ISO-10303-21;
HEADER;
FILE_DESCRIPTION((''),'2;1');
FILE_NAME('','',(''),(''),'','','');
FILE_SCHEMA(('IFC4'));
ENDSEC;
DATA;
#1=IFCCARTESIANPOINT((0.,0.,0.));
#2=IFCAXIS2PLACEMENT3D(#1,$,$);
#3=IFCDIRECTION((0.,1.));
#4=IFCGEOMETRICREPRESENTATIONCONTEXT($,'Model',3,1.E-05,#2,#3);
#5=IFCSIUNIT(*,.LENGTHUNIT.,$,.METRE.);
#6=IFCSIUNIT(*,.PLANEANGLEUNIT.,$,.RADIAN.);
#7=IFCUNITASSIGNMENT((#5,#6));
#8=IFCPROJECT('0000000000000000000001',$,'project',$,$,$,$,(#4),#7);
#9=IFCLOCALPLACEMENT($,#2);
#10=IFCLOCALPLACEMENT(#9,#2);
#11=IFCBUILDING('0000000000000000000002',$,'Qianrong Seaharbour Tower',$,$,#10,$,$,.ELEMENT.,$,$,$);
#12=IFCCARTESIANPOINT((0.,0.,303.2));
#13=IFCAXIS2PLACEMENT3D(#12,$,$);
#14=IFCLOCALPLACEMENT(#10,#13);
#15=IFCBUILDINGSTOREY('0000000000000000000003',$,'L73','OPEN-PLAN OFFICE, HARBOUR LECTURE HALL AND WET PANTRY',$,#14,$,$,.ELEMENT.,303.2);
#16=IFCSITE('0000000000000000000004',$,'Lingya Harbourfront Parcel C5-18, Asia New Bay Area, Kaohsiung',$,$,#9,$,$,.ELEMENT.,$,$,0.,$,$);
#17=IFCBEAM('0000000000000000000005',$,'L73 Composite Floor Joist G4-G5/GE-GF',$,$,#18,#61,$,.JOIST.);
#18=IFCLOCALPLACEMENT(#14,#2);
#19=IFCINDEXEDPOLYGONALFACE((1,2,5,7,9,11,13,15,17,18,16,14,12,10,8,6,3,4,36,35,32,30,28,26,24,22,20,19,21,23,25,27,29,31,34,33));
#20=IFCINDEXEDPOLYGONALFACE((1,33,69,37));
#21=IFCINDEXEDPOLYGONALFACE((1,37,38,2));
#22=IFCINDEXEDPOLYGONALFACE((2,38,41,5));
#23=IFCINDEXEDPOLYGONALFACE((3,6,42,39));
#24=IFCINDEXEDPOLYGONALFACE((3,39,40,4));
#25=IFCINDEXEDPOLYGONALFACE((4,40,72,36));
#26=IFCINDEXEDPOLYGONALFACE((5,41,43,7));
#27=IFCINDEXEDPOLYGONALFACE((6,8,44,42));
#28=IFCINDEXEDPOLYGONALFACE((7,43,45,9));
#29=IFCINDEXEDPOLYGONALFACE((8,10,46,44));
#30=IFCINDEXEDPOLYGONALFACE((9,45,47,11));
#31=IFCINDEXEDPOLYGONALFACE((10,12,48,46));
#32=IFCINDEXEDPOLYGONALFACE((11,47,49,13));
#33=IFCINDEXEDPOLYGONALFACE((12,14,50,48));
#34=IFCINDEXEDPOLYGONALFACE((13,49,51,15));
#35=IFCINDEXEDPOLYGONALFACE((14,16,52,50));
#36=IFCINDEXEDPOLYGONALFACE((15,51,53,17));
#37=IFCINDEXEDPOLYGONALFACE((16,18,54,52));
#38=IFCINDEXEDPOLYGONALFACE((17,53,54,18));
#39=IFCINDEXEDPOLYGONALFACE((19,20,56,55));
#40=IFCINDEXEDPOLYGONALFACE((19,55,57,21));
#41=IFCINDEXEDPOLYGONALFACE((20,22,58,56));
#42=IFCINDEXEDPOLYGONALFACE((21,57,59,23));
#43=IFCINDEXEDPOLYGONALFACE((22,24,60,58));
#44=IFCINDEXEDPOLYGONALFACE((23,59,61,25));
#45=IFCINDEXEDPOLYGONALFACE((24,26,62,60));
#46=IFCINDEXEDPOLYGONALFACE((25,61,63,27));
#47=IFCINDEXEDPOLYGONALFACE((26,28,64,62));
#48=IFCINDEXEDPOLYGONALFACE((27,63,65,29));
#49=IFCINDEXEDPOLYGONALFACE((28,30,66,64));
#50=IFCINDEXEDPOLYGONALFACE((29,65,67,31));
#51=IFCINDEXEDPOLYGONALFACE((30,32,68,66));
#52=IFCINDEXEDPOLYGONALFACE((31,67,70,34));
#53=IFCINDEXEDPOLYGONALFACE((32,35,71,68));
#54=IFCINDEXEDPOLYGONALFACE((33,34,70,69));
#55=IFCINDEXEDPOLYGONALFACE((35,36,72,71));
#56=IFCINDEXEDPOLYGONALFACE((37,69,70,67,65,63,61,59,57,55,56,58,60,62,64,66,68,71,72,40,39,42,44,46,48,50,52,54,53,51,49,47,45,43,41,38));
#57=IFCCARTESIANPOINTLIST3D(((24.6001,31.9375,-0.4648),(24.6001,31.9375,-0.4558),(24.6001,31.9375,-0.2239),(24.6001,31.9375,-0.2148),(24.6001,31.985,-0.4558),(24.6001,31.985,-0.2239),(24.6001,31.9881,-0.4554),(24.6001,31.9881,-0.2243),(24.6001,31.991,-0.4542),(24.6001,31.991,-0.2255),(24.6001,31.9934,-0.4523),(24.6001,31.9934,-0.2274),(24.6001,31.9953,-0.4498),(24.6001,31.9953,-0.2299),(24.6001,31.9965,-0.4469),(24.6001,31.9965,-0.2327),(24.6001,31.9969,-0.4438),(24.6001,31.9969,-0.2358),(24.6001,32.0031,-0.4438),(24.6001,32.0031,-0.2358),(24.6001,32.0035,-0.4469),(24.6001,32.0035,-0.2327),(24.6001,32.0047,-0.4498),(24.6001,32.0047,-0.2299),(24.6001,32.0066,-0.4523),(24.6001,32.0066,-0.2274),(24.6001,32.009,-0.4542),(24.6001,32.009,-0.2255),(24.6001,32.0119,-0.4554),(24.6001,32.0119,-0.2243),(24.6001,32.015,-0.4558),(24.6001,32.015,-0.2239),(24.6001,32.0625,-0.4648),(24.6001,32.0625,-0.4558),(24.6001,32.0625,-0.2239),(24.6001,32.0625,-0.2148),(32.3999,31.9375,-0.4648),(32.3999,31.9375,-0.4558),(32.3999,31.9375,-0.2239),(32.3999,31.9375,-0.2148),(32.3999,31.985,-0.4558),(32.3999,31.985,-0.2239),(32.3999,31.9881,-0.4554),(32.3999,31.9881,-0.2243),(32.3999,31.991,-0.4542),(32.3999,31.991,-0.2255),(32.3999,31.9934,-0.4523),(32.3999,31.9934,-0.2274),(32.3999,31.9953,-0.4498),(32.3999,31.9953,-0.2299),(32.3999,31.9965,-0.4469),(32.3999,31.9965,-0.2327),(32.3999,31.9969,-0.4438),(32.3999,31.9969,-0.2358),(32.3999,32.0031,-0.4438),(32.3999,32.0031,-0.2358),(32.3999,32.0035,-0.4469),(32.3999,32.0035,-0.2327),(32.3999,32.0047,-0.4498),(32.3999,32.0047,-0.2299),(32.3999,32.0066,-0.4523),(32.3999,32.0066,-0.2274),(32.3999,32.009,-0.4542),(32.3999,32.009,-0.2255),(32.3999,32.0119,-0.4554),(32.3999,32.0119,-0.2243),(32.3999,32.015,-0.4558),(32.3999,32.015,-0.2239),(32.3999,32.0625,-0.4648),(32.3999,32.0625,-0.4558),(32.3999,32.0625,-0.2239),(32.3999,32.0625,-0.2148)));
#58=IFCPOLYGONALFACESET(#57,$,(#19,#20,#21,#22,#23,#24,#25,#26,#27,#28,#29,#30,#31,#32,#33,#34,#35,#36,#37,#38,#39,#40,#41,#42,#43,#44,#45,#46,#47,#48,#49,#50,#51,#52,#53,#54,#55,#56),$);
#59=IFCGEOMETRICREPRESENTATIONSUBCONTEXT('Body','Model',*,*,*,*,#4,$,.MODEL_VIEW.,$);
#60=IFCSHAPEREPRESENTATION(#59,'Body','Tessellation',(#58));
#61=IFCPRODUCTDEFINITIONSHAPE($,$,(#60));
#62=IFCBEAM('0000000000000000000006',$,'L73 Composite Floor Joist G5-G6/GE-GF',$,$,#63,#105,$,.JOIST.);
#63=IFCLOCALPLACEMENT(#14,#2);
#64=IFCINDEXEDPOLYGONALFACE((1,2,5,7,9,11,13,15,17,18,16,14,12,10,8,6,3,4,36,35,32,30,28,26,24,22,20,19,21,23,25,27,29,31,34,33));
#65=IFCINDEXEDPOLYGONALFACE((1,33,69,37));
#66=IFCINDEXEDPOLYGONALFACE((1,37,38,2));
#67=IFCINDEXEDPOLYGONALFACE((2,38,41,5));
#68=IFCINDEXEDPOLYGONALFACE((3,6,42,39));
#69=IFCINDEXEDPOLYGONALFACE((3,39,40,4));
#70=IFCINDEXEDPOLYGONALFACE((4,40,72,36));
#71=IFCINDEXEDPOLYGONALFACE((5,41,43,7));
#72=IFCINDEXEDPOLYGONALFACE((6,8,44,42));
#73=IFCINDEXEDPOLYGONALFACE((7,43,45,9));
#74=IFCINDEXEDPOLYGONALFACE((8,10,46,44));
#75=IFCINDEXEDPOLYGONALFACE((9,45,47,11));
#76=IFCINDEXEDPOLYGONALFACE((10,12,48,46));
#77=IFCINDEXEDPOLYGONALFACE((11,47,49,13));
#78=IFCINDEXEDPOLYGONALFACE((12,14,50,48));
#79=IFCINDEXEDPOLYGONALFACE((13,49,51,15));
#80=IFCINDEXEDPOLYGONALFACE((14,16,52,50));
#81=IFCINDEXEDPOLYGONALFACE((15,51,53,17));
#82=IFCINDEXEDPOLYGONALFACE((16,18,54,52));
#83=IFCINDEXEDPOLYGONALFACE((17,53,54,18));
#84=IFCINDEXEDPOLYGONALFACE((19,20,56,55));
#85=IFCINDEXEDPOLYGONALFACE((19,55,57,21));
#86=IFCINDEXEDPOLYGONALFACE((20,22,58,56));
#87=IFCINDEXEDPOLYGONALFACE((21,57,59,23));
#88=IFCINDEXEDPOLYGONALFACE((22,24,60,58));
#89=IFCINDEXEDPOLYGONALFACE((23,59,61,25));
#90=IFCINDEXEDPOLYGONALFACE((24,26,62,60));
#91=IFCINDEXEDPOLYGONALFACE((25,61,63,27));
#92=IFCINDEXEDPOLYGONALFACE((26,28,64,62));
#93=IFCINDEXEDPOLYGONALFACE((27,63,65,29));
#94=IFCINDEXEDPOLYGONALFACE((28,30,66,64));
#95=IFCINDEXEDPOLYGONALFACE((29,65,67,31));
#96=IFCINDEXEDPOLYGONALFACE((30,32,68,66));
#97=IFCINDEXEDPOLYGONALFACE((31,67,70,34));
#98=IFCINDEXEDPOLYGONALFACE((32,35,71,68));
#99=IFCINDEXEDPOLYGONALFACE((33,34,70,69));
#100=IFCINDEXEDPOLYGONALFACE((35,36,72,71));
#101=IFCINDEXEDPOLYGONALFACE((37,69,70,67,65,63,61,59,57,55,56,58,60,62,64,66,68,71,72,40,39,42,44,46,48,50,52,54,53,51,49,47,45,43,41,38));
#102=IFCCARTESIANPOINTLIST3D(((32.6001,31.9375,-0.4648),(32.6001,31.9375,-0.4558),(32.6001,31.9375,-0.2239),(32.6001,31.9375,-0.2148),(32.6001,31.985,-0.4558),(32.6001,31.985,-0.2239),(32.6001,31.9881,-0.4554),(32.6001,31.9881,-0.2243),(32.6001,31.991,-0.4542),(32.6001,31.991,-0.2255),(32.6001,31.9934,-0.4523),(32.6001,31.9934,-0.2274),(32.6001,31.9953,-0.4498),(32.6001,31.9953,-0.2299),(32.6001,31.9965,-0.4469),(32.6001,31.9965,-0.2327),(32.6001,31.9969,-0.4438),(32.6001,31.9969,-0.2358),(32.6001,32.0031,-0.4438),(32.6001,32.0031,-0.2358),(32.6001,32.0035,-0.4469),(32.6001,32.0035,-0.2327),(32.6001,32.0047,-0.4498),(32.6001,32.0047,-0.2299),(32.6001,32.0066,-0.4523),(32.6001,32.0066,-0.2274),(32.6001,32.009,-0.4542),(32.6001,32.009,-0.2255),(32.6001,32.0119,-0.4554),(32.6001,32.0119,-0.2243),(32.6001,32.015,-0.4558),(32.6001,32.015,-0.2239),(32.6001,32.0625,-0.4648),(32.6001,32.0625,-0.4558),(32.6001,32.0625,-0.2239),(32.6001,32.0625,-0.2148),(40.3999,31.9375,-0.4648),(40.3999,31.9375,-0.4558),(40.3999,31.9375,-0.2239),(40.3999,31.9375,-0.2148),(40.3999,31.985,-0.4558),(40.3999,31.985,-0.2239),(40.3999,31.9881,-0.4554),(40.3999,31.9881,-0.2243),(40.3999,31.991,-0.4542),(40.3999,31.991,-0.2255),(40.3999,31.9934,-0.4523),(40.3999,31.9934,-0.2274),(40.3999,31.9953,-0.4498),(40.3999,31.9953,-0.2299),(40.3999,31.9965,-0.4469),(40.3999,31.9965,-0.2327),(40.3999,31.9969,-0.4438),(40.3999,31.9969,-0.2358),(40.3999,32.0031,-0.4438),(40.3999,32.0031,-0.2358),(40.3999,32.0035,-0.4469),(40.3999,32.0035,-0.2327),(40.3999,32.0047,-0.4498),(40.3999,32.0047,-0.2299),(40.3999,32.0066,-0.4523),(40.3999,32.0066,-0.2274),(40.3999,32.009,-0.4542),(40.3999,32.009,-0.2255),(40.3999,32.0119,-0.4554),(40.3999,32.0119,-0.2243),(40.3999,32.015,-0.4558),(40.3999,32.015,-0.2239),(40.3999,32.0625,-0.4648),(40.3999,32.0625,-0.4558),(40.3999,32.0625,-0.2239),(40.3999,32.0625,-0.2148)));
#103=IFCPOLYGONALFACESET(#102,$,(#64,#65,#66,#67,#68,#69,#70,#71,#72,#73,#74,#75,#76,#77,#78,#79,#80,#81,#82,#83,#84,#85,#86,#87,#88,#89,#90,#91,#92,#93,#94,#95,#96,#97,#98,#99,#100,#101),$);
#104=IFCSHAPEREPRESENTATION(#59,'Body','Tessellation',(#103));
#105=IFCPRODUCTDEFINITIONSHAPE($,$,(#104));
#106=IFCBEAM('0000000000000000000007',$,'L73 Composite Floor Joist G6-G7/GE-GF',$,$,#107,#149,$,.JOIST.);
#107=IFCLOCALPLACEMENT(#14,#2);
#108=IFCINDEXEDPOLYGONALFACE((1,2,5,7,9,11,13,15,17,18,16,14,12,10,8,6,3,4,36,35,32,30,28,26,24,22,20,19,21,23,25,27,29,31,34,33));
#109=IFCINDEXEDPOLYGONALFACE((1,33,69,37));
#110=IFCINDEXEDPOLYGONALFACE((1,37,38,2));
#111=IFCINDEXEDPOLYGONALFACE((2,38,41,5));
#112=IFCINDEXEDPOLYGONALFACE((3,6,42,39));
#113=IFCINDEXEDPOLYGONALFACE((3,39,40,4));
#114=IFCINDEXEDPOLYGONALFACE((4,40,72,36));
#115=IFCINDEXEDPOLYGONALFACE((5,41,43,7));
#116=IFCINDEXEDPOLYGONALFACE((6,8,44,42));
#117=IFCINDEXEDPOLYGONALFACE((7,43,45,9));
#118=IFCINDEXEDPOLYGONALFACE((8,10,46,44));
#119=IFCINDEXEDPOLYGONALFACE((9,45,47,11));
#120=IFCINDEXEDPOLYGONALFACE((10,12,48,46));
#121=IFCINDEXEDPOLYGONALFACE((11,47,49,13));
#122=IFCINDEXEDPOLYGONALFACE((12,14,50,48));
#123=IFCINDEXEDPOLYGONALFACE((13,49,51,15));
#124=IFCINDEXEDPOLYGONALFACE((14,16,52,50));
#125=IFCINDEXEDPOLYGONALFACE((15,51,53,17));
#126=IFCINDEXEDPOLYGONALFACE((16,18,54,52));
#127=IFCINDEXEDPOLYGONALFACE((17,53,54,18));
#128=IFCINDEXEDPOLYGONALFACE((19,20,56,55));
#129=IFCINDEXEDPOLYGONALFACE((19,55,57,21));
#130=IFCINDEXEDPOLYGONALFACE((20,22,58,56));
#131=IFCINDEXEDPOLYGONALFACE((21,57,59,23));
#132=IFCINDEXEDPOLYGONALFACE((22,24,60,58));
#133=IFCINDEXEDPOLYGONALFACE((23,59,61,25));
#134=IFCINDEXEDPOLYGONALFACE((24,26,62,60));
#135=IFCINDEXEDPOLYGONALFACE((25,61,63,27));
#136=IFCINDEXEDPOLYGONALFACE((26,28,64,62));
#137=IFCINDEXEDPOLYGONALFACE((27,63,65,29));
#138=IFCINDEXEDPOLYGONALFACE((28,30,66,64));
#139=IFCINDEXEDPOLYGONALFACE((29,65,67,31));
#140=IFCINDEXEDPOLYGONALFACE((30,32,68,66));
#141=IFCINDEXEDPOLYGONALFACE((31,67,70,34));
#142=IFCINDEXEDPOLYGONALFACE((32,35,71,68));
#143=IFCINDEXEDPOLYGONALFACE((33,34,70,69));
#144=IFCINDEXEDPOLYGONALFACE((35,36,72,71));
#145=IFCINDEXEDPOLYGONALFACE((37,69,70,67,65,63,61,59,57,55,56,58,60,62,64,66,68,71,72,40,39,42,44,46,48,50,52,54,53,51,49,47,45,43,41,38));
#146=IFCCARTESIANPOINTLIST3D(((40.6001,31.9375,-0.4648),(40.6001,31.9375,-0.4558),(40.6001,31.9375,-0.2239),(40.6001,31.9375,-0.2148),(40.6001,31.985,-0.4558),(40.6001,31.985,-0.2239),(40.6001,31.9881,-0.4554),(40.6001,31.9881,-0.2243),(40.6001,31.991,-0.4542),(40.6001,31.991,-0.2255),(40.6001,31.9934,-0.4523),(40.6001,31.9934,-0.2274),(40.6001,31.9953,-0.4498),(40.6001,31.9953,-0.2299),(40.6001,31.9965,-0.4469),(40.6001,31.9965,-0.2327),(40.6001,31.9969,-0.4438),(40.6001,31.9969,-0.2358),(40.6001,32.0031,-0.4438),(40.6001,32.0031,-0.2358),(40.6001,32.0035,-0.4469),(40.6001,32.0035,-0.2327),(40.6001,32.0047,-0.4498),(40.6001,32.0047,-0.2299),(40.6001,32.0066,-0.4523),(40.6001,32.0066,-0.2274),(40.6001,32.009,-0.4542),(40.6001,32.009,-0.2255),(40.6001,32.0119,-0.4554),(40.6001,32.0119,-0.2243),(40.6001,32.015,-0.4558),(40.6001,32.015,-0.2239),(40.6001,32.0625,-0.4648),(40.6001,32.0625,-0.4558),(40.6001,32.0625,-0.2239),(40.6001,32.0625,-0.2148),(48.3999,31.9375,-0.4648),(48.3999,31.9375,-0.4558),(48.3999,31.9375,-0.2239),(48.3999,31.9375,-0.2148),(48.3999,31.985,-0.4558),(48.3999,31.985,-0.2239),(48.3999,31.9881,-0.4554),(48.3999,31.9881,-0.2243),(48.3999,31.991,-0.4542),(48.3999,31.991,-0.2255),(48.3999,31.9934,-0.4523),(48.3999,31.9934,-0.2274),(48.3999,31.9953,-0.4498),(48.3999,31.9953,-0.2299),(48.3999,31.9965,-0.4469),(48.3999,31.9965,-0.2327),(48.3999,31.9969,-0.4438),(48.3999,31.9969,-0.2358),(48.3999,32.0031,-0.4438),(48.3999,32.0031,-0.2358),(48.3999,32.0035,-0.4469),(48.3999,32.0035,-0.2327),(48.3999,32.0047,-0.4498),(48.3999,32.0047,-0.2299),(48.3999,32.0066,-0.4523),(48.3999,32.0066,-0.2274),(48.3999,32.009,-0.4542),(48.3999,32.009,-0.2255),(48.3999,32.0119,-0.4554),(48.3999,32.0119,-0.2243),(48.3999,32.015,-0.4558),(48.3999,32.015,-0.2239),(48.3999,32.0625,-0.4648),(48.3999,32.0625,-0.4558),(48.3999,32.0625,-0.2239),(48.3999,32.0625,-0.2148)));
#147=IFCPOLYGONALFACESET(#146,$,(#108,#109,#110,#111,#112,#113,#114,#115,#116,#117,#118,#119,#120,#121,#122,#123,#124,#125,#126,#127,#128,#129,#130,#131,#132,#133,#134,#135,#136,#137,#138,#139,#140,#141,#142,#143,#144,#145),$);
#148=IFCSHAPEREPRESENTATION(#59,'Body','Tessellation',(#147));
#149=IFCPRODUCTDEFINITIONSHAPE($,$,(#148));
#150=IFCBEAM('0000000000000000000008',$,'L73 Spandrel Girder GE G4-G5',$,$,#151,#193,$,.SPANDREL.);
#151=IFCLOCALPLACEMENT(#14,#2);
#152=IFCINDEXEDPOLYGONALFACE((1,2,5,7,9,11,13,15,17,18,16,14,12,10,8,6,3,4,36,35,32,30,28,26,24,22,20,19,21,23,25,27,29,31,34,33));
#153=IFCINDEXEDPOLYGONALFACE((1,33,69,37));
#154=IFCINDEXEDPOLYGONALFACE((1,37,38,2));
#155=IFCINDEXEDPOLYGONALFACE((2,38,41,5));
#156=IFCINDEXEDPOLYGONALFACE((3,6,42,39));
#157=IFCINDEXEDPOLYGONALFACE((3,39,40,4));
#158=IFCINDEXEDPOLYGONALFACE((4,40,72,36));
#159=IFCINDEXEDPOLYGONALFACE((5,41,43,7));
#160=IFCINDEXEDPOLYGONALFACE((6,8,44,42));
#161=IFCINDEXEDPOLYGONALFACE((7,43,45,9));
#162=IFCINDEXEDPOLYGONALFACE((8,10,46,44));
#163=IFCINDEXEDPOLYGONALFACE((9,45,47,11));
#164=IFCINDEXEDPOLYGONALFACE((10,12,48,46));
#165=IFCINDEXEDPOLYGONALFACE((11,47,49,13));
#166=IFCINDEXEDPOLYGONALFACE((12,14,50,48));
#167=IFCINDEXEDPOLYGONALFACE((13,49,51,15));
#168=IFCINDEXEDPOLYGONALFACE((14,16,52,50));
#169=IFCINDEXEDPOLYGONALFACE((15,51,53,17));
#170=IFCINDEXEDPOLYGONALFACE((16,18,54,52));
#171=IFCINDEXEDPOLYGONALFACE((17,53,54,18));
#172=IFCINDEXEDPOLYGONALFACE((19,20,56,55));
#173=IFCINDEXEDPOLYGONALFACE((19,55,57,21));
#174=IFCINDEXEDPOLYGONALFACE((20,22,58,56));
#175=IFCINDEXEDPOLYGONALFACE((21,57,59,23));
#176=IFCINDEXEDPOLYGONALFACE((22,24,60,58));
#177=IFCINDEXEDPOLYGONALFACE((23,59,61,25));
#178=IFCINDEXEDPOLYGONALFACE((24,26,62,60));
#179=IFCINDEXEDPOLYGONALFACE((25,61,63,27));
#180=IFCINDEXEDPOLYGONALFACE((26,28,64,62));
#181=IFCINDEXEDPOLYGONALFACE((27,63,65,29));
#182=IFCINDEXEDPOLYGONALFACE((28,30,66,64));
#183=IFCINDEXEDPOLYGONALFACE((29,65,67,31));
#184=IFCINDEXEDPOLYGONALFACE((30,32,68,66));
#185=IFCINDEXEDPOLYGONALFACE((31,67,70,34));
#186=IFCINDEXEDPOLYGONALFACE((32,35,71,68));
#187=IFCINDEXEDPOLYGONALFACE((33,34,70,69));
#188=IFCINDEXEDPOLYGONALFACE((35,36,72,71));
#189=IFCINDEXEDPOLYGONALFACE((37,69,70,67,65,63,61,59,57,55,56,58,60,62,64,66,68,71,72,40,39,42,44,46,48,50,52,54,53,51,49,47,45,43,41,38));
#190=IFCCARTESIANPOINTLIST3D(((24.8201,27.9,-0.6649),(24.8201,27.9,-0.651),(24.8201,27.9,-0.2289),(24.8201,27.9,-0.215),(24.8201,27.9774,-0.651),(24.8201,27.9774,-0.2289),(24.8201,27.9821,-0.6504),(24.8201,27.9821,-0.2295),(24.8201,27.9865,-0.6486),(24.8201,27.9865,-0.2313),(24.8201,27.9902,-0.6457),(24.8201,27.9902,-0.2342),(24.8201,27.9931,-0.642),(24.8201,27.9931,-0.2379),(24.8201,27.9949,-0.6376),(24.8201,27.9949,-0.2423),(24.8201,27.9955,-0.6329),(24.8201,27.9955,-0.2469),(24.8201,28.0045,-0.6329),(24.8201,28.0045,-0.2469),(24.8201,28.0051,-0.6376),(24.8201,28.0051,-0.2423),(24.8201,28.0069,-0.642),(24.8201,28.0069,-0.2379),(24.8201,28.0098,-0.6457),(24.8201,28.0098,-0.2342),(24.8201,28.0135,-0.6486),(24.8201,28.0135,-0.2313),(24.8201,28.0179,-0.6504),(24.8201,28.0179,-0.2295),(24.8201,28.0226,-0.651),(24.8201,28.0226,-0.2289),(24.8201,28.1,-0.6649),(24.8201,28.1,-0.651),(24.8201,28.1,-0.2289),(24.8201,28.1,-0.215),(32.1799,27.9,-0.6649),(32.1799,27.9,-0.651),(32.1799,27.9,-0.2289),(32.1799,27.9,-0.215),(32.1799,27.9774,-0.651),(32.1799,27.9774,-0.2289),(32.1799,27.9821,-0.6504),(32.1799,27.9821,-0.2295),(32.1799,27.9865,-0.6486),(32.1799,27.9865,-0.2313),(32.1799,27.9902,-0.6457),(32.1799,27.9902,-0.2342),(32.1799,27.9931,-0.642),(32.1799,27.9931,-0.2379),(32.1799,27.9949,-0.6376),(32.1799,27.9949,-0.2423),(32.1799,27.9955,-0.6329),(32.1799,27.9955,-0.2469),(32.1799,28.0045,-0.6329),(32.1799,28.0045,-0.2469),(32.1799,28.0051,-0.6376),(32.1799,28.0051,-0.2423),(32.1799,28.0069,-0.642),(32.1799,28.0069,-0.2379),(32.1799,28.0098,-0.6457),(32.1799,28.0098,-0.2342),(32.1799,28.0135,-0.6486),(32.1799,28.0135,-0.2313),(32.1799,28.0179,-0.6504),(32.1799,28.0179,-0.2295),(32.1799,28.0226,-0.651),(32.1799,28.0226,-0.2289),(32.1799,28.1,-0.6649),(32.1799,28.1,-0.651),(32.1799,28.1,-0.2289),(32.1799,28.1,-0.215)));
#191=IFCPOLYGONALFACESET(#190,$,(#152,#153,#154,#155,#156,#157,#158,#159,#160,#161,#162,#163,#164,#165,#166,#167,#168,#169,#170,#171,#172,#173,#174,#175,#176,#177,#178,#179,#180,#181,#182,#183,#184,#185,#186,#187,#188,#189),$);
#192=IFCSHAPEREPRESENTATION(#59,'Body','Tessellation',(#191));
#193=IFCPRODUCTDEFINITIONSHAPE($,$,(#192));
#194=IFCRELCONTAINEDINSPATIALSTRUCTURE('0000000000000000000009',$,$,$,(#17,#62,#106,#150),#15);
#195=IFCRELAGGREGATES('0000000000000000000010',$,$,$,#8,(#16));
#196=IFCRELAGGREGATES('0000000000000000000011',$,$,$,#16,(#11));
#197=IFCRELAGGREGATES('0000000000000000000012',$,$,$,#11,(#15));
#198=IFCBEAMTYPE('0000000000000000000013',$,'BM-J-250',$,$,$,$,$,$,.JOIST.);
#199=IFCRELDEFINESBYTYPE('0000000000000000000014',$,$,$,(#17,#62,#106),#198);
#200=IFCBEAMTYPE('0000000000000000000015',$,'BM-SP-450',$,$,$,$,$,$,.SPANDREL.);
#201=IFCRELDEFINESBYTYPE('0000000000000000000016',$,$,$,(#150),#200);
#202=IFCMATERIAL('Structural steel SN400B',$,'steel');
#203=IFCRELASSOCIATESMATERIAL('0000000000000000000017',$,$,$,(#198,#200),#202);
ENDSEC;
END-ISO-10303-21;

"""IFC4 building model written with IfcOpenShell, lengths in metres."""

from ifc_helpers import new_model, si_unit, direction, frame, origin, origin_2d, place, context, subcontext, project, spatial, i_section, extrude, material, material_profile, profile_set, type_object, element, save


model = new_model("IFC4")

# Units and contexts
model_context = context("Model", 3, precision=1e-05, world=origin(), true_north=direction((0.0, 1.0)))
body_context = subcontext(model_context, "Body", "Model", "MODEL_VIEW")
ifc_project = project(units=[si_unit("LENGTHUNIT", "METRE"), si_unit("PLANEANGLEUNIT", "RADIAN")], contexts=[model_context])

# Site, building, storey
site_placement = place(None, origin())
site = spatial("IfcSite", under=ifc_project, at=site_placement, Name="Lingya Harbourfront Parcel C5-18, Asia New Bay Area, Kaohsiung", CompositionType="ELEMENT", RefElevation=0.0)
building_placement = place(site_placement, origin())
building = spatial("IfcBuilding", under=site, at=building_placement, Name="Qianrong Seaharbour Tower", CompositionType="ELEMENT")
storey_placement = place(building_placement, frame((0.0, 0.0, 303.2)))
storey = spatial("IfcBuildingStorey", under=building, at=storey_placement, Name="L73", Description="OPEN-PLAN OFFICE, HARBOUR LECTURE HALL AND WET PANTRY", CompositionType="ELEMENT", Elevation=303.2)

# Shared definitions
ifc_material_1 = material(Name="Structural steel SN400B", Category="steel")

# Beams
ifc_material_profile_1 = material_profile(ifc_material_1, i_section(OverallWidth=0.125, OverallDepth=0.25, WebThickness=0.0061, FlangeThickness=0.009, FilletRadius=0.012, at=origin_2d()), Name="H250x125x6x9")
ifc_profile_set_1 = profile_set([ifc_material_profile_1], Name="Structural steel SN400B")
beam_type_1 = type_object("IfcBeamType", Name="BM-J-250", PredefinedType="JOIST", material=ifc_profile_set_1)
for number, where, z_axis, x_axis, name in (
    (1, (24.6001, 32.0, -0.3398), (1.0, 0.0, 0.0), (0.0, 1.0, 0.0), "L73 Composite Floor Joist G4-G5/GE-GF"),
    (2, (32.6001, 32.0, -0.3398), (1.0, 0.0, 0.0), (0.0, 1.0, 0.0), "L73 Composite Floor Joist G5-G6/GE-GF"),
    (3, (40.6001, 32.0, -0.3398), (1.0, 0.0, 0.0), (0.0, 1.0, 0.0), "L73 Composite Floor Joist G6-G7/GE-GF"),
):
    element("IfcBeam", number, at=place(storey_placement, frame(where, z_axis=z_axis, x_axis=x_axis)), inside=storey, type_object=beam_type_1, Name=name, PredefinedType="JOIST", context=body_context, shape_type="SweptSolid", body=[
        extrude(i_section(OverallWidth=0.125, OverallDepth=0.25, WebThickness=0.0061, FlangeThickness=0.009, FilletRadius=0.012, at=origin_2d()), origin(), (0.0, 0.0, 1.0), 7.7998),
    ])
ifc_material_profile_2 = material_profile(ifc_material_1, i_section(OverallWidth=0.2, OverallDepth=0.45, WebThickness=0.009, FlangeThickness=0.0139, FilletRadius=0.0181, at=origin_2d()), Name="H450x200x9x14")
ifc_profile_set_2 = profile_set([ifc_material_profile_2], Name="Structural steel SN400B")
beam_type_2 = type_object("IfcBeamType", Name="BM-SP-450", PredefinedType="SPANDREL", material=ifc_profile_set_2)
for number, where, z_axis, x_axis, name in (
    (4, (24.8201, 28.0, -0.4399), (1.0, 0.0, 0.0), (0.0, 1.0, 0.0), "L73 Spandrel Girder GE G4-G5"),
):
    element("IfcBeam", number, at=place(storey_placement, frame(where, z_axis=z_axis, x_axis=x_axis)), inside=storey, type_object=beam_type_2, Name=name, PredefinedType="SPANDREL", context=body_context, shape_type="SweptSolid", body=[
        extrude(i_section(OverallWidth=0.2, OverallDepth=0.45, WebThickness=0.009, FlangeThickness=0.0139, FilletRadius=0.0181, at=origin_2d()), origin(), (0.0, 0.0, 1.0), 7.3599),
    ])

save(model, "model.ifc")
